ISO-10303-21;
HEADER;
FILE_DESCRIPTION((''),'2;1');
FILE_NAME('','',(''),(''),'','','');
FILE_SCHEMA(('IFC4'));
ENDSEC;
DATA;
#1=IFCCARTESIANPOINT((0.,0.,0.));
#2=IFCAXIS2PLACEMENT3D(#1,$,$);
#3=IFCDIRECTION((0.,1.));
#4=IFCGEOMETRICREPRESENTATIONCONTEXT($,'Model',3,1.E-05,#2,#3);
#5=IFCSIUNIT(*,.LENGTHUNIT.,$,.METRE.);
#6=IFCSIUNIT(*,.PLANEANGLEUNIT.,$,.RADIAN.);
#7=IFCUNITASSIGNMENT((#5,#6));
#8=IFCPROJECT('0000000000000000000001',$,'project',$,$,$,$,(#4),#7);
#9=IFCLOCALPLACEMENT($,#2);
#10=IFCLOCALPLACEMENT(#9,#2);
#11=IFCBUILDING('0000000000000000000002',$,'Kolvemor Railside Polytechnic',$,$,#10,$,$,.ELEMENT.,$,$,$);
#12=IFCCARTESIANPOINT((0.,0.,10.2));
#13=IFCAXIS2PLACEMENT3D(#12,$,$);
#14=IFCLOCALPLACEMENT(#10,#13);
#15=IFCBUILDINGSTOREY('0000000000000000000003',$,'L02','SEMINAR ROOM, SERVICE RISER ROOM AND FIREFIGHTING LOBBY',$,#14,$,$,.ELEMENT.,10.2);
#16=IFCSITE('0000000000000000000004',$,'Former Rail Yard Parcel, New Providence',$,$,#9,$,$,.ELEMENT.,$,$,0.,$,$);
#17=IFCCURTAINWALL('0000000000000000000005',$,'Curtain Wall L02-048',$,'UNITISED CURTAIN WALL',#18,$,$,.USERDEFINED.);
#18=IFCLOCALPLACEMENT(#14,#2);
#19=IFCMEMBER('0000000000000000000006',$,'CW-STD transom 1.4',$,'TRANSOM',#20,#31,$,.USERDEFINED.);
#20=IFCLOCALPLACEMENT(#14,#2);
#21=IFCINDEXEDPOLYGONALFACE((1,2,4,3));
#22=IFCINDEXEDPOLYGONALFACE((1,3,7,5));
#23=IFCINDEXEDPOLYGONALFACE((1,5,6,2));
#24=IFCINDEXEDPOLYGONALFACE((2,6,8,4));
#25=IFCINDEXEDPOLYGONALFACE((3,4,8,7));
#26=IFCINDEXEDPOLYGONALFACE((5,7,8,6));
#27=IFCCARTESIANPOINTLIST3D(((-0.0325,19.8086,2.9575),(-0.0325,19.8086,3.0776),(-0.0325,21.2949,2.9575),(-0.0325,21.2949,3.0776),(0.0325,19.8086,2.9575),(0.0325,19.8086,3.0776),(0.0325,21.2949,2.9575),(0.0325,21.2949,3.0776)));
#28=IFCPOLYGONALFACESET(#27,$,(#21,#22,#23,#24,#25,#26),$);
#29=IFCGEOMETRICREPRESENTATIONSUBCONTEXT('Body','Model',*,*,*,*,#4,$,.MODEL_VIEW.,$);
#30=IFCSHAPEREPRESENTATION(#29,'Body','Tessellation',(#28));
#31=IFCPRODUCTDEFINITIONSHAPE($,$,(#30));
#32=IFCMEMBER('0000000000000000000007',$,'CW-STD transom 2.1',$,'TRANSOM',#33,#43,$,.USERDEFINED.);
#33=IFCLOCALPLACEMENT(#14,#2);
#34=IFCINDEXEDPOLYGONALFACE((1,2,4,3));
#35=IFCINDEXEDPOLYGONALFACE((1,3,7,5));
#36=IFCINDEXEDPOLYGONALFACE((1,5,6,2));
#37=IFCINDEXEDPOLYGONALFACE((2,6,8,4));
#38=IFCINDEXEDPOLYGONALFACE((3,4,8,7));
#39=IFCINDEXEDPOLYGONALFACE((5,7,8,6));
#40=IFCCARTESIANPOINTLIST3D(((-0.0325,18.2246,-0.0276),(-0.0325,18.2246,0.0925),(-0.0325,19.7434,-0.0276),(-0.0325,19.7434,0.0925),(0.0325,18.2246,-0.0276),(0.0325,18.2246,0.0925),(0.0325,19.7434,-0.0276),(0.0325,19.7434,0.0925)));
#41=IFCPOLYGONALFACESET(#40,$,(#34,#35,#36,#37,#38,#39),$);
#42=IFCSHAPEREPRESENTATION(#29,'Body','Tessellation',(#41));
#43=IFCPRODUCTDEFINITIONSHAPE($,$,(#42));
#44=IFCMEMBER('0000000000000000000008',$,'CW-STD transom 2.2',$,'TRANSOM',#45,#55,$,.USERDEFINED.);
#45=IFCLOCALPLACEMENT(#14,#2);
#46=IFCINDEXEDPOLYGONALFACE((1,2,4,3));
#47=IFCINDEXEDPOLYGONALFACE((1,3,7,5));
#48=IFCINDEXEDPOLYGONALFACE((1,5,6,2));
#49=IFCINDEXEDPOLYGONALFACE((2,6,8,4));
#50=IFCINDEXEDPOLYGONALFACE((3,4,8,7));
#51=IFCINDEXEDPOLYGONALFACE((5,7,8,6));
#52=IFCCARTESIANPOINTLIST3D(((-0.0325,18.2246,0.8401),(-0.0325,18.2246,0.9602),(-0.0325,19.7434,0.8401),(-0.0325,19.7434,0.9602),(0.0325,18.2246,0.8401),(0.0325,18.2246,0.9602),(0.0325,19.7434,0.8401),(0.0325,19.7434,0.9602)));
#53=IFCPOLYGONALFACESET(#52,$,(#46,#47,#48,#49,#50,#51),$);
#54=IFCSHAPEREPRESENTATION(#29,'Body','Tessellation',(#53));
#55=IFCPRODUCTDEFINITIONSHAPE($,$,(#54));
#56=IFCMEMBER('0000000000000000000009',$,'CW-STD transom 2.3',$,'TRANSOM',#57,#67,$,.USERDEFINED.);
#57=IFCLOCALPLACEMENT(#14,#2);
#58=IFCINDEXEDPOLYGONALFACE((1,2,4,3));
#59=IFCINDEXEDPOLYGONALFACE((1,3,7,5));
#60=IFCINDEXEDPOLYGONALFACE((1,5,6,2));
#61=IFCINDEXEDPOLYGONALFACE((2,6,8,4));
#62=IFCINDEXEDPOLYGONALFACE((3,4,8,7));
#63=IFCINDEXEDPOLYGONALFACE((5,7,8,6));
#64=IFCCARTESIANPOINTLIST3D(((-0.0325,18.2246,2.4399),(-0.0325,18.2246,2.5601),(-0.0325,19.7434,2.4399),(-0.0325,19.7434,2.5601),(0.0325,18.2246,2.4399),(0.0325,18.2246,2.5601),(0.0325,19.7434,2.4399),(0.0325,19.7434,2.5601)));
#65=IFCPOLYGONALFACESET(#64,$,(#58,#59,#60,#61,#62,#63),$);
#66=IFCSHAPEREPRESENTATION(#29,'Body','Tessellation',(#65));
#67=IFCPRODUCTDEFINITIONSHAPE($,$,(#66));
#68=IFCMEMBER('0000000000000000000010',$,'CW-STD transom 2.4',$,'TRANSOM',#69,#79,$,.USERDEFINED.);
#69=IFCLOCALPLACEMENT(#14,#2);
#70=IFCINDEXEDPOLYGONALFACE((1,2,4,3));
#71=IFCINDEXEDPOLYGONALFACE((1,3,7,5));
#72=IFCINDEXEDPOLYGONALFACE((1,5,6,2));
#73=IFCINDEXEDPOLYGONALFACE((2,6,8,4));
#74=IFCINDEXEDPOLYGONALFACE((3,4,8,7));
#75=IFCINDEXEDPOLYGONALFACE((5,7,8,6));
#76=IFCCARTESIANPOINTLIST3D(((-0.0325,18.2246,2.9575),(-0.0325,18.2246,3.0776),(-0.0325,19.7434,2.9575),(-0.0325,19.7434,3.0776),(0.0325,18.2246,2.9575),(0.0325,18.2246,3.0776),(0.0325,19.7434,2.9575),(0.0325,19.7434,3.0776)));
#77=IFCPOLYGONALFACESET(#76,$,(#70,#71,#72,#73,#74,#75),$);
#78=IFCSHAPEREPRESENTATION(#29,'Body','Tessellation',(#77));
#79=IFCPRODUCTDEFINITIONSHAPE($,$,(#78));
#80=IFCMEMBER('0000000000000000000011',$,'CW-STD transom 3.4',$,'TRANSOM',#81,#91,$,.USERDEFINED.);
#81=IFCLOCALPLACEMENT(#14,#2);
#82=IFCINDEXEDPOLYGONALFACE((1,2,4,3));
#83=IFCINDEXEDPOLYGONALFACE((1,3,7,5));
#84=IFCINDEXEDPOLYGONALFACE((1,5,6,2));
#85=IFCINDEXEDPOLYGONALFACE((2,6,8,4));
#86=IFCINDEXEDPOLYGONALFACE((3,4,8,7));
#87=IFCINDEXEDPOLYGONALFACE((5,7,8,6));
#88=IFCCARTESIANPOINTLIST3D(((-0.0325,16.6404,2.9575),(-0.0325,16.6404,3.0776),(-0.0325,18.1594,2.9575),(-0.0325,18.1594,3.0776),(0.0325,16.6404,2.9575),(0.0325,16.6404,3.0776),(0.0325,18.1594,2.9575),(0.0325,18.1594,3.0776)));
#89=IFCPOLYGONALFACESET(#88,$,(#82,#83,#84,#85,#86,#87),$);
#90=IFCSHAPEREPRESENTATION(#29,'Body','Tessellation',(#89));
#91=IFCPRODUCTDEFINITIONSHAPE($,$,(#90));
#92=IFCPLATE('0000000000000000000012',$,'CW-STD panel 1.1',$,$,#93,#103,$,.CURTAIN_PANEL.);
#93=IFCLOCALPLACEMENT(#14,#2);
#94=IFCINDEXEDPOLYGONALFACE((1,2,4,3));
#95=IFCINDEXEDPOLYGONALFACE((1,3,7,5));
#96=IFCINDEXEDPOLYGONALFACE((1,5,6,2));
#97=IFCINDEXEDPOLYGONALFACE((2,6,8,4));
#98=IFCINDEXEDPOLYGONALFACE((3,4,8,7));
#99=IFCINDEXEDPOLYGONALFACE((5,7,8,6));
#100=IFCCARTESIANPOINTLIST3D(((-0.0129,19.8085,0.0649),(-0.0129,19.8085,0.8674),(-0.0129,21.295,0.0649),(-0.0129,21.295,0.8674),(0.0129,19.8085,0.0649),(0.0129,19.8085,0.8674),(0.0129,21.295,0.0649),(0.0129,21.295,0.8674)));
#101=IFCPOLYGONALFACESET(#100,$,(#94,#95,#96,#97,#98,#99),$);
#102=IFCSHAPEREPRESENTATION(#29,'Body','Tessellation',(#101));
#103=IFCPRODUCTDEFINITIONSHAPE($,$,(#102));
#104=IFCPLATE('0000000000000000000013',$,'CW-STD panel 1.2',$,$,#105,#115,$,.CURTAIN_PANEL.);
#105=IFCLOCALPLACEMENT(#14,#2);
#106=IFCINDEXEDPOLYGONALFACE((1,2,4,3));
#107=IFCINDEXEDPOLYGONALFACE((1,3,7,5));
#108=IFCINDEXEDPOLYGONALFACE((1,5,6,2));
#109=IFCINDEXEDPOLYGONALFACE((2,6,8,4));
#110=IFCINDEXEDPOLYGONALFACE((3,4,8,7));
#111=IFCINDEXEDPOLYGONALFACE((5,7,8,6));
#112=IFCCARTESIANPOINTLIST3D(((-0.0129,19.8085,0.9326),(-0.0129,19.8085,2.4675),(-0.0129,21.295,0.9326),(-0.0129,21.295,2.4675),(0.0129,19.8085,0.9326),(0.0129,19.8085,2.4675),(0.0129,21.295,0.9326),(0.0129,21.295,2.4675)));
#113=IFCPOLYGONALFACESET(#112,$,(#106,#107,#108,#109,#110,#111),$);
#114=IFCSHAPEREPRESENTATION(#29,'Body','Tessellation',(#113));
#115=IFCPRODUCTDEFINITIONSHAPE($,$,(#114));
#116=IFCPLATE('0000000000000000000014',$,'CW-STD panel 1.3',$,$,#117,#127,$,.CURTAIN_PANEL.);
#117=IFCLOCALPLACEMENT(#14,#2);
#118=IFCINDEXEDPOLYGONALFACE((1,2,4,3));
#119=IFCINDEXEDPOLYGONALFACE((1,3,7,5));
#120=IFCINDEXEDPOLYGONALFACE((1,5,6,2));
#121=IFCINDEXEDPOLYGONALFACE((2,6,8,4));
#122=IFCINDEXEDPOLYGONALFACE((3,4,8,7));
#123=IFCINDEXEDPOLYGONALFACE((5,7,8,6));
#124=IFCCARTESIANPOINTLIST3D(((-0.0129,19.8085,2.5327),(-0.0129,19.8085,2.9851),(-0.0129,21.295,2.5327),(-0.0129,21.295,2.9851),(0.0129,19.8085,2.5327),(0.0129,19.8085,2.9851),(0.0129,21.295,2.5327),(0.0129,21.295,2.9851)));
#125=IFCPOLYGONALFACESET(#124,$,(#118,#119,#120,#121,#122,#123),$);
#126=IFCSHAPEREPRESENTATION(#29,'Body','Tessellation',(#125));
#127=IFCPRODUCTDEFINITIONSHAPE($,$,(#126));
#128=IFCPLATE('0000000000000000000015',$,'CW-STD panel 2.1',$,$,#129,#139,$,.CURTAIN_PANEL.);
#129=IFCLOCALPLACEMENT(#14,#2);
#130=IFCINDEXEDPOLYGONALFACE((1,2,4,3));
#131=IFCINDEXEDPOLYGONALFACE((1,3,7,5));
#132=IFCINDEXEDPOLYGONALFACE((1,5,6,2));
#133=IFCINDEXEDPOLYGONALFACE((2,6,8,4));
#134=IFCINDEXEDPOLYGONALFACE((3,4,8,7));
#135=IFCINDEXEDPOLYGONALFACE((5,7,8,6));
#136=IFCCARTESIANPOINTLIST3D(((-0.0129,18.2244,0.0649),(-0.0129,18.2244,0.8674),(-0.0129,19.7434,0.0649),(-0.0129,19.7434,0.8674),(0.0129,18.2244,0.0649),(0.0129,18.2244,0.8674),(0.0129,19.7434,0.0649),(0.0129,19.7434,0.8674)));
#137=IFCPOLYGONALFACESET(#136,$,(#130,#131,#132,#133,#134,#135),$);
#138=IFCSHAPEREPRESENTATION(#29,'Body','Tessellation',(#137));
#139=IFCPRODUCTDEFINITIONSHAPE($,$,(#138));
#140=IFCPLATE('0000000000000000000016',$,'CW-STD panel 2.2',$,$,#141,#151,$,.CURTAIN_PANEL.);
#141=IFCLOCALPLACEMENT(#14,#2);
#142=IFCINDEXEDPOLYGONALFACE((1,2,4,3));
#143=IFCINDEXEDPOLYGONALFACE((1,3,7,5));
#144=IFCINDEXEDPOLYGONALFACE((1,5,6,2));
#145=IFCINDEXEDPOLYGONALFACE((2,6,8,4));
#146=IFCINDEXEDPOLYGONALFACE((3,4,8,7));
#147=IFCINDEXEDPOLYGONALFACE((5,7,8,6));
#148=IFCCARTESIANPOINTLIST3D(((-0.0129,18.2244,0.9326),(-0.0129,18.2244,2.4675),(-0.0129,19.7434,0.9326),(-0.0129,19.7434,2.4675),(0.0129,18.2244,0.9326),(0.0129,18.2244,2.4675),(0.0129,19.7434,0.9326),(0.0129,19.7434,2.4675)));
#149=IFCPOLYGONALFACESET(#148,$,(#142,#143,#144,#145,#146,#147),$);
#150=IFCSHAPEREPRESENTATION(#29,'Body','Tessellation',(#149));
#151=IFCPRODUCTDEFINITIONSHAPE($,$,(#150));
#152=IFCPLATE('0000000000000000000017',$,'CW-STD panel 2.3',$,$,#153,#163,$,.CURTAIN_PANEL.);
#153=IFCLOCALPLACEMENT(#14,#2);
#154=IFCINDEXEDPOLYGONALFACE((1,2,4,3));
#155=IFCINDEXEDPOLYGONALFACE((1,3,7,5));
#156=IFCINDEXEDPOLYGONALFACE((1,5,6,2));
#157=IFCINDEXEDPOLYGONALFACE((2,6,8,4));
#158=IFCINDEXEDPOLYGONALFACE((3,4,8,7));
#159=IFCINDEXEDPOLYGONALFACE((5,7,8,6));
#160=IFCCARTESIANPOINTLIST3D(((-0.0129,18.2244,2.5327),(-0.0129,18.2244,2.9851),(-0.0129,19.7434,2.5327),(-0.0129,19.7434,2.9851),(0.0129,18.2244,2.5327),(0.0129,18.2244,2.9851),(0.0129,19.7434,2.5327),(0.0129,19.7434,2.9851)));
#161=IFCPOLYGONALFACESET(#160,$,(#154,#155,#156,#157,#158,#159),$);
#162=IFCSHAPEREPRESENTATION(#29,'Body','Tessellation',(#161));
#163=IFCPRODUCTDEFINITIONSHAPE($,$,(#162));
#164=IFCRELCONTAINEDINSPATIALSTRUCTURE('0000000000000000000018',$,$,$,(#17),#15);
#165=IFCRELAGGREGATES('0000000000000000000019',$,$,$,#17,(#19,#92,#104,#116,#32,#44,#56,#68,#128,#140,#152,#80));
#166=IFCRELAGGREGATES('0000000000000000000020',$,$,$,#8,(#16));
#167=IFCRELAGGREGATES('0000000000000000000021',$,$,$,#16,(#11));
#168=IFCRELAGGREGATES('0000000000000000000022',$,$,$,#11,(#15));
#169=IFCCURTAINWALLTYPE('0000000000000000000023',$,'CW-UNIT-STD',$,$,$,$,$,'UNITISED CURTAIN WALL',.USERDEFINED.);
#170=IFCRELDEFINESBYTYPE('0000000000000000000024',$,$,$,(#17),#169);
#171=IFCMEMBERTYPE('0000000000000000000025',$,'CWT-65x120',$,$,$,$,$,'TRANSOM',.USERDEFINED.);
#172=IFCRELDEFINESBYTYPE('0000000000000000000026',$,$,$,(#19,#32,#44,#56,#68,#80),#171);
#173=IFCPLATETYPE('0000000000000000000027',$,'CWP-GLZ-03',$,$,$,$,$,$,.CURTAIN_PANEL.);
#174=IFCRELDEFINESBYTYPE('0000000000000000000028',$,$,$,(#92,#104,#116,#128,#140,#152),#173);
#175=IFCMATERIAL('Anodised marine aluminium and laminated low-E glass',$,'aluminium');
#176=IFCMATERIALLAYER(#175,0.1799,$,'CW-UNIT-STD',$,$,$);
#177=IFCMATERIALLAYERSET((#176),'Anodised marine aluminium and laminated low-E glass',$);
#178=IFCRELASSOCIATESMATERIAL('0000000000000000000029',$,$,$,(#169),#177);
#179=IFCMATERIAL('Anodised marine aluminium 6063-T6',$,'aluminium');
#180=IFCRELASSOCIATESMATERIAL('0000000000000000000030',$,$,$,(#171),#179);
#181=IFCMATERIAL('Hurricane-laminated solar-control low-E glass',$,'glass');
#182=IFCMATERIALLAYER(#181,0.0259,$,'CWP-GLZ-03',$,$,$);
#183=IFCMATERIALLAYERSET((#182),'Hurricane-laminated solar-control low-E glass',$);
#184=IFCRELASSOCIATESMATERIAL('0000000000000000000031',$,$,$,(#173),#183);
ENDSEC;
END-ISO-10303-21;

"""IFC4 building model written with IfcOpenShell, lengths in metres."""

from ifc_helpers import new_model, si_unit, direction, frame, origin, origin_2d, place, context, subcontext, project, spatial, rectangle, extrude, material, layer, layer_set, material_profile, profile_set, type_object, element, aggregate, save


model = new_model("IFC4")

# Units and contexts
model_context = context("Model", 3, precision=1e-05, world=origin(), true_north=direction((0.0, 1.0)))
body_context = subcontext(model_context, "Body", "Model", "MODEL_VIEW")
ifc_project = project(units=[si_unit("LENGTHUNIT", "METRE"), si_unit("PLANEANGLEUNIT", "RADIAN")], contexts=[model_context])

# Site, building, storey
site_placement = place(None, origin())
site = spatial("IfcSite", under=ifc_project, at=site_placement, Name="Former Rail Yard Parcel, New Providence", CompositionType="ELEMENT", RefElevation=0.0)
building_placement = place(site_placement, origin())
building = spatial("IfcBuilding", under=site, at=building_placement, Name="Kolvemor Railside Polytechnic", CompositionType="ELEMENT")
storey_placement = place(building_placement, frame((0.0, 0.0, 10.2)))
storey = spatial("IfcBuildingStorey", under=building, at=storey_placement, Name="L02", Description="SEMINAR ROOM, SERVICE RISER ROOM AND FIREFIGHTING LOBBY", CompositionType="ELEMENT", Elevation=10.2)

# Curtain wall, members, plates
ifc_material_1 = material(Name="Anodised marine aluminium and laminated low-E glass", Category="aluminium")
ifc_layer_1 = layer(ifc_material_1, 0.1799, Name="CW-UNIT-STD")
ifc_layer_set_1 = layer_set([ifc_layer_1], Name="Anodised marine aluminium and laminated low-E glass")
curtain_wall_type = type_object("IfcCurtainWallType", Name="CW-UNIT-STD", ElementType="UNITISED CURTAIN WALL", PredefinedType="USERDEFINED", material=ifc_layer_set_1)
curtain_wall_placement = place(storey_placement, origin())
curtain_wall = element("IfcCurtainWall", 1, at=curtain_wall_placement, inside=storey, type_object=curtain_wall_type, Name="Curtain Wall L02-048", ObjectType="UNITISED CURTAIN WALL", PredefinedType="USERDEFINED")
ifc_material_2 = material(Name="Anodised marine aluminium 6063-T6", Category="aluminium")
ifc_material_profile_1 = material_profile(ifc_material_2, rectangle(XDim=0.0649, YDim=0.1201, at=origin_2d()), Name="CW-TRN-65x120")
ifc_profile_set_1 = profile_set([ifc_material_profile_1], Name="Anodised marine aluminium 6063-T6")
member_type_1 = type_object("IfcMemberType", Name="CWT-65x120", ElementType="TRANSOM", PredefinedType="USERDEFINED", material=ifc_profile_set_1)
member_1_placement = place(storey_placement, frame((0.0, 21.2949, 3.0176), z_axis=(0.0, -1.0, 0.0), x_axis=(1.0, 0.0, 0.0)))
member_1 = element("IfcMember", 2, at=member_1_placement, type_object=member_type_1, Name="CW-STD transom 1.4", ObjectType="TRANSOM", PredefinedType="USERDEFINED", context=body_context, shape_type="SweptSolid", body=[
    extrude(rectangle(XDim=0.0649, YDim=0.1201, at=origin_2d()), origin(), (0.0, 0.0, 1.0), 1.4863),
])
member_2_placement = place(storey_placement, frame((0.0, 19.7434, 0.0325), z_axis=(0.0, -1.0, 0.0), x_axis=(1.0, 0.0, 0.0)))
member_2 = element("IfcMember", 3, at=member_2_placement, type_object=member_type_1, Name="CW-STD transom 2.1", ObjectType="TRANSOM", PredefinedType="USERDEFINED", context=body_context, shape_type="SweptSolid", body=[
    extrude(rectangle(XDim=0.0649, YDim=0.1201, at=origin_2d()), origin(), (0.0, 0.0, 1.0), 1.5188),
])
member_3_placement = place(storey_placement, frame((0.0, 19.7434, 0.9001), z_axis=(0.0, -1.0, 0.0), x_axis=(1.0, 0.0, 0.0)))
member_3 = element("IfcMember", 4, at=member_3_placement, type_object=member_type_1, Name="CW-STD transom 2.2", ObjectType="TRANSOM", PredefinedType="USERDEFINED", context=body_context, shape_type="SweptSolid", body=[
    extrude(rectangle(XDim=0.0649, YDim=0.1201, at=origin_2d()), origin(), (0.0, 0.0, 1.0), 1.5188),
])
member_4_placement = place(storey_placement, frame((0.0, 19.7434, 2.5), z_axis=(0.0, -1.0, 0.0), x_axis=(1.0, 0.0, 0.0)))
member_4 = element("IfcMember", 5, at=member_4_placement, type_object=member_type_1, Name="CW-STD transom 2.3", ObjectType="TRANSOM", PredefinedType="USERDEFINED", context=body_context, shape_type="SweptSolid", body=[
    extrude(rectangle(XDim=0.0649, YDim=0.1201, at=origin_2d()), origin(), (0.0, 0.0, 1.0), 1.5188),
])
member_5_placement = place(storey_placement, frame((0.0, 19.7434, 3.0176), z_axis=(0.0, -1.0, 0.0), x_axis=(1.0, 0.0, 0.0)))
member_5 = element("IfcMember", 6, at=member_5_placement, type_object=member_type_1, Name="CW-STD transom 2.4", ObjectType="TRANSOM", PredefinedType="USERDEFINED", context=body_context, shape_type="SweptSolid", body=[
    extrude(rectangle(XDim=0.0649, YDim=0.1201, at=origin_2d()), origin(), (0.0, 0.0, 1.0), 1.5188),
])
member_6_placement = place(storey_placement, frame((0.0, 18.1594, 3.0176), z_axis=(0.0, -1.0, 0.0), x_axis=(1.0, 0.0, 0.0)))
member_6 = element("IfcMember", 7, at=member_6_placement, type_object=member_type_1, Name="CW-STD transom 3.4", ObjectType="TRANSOM", PredefinedType="USERDEFINED", context=body_context, shape_type="SweptSolid", body=[
    extrude(rectangle(XDim=0.0649, YDim=0.1201, at=origin_2d()), origin(), (0.0, 0.0, 1.0), 1.519),
])
ifc_material_3 = material(Name="Hurricane-laminated solar-control low-E glass", Category="glass")
ifc_layer_2 = layer(ifc_material_3, 0.0259, Name="CWP-GLZ-03")
ifc_layer_set_2 = layer_set([ifc_layer_2], Name="Hurricane-laminated solar-control low-E glass")
plate_type = type_object("IfcPlateType", Name="CWP-GLZ-03", PredefinedType="CURTAIN_PANEL", material=ifc_layer_set_2)
plate_1_placement = place(storey_placement, frame((0.0, 20.5518, 0.0649), z_axis=(0.0, 0.0, 1.0), x_axis=(0.0, -1.0, 0.0)))
plate_1 = element("IfcPlate", 8, at=plate_1_placement, type_object=plate_type, Name="CW-STD panel 1.1", PredefinedType="CURTAIN_PANEL", context=body_context, shape_type="SweptSolid", body=[
    extrude(rectangle(XDim=1.4866, YDim=0.0259, at=origin_2d()), origin(), (0.0, 0.0, 1.0), 0.8025),
])
plate_2_placement = place(storey_placement, frame((0.0, 20.5518, 0.9326), z_axis=(0.0, 0.0, 1.0), x_axis=(0.0, -1.0, 0.0)))
plate_2 = element("IfcPlate", 9, at=plate_2_placement, type_object=plate_type, Name="CW-STD panel 1.2", PredefinedType="CURTAIN_PANEL", context=body_context, shape_type="SweptSolid", body=[
    extrude(rectangle(XDim=1.4866, YDim=0.0259, at=origin_2d()), origin(), (0.0, 0.0, 1.0), 1.5349),
])
plate_3_placement = place(storey_placement, frame((0.0, 20.5518, 2.5327), z_axis=(0.0, 0.0, 1.0), x_axis=(0.0, -1.0, 0.0)))
plate_3 = element("IfcPlate", 10, at=plate_3_placement, type_object=plate_type, Name="CW-STD panel 1.3", PredefinedType="CURTAIN_PANEL", context=body_context, shape_type="SweptSolid", body=[
    extrude(rectangle(XDim=1.4866, YDim=0.0259, at=origin_2d()), origin(), (0.0, 0.0, 1.0), 0.4524),
])
plate_4_placement = place(storey_placement, frame((0.0, 18.9839, 0.0649), z_axis=(0.0, 0.0, 1.0), x_axis=(0.0, -1.0, 0.0)))
plate_4 = element("IfcPlate", 11, at=plate_4_placement, type_object=plate_type, Name="CW-STD panel 2.1", PredefinedType="CURTAIN_PANEL", context=body_context, shape_type="SweptSolid", body=[
    extrude(rectangle(XDim=1.519, YDim=0.0259, at=origin_2d()), origin(), (0.0, 0.0, 1.0), 0.8025),
])
plate_5_placement = place(storey_placement, frame((0.0, 18.9839, 0.9326), z_axis=(0.0, 0.0, 1.0), x_axis=(0.0, -1.0, 0.0)))
plate_5 = element("IfcPlate", 12, at=plate_5_placement, type_object=plate_type, Name="CW-STD panel 2.2", PredefinedType="CURTAIN_PANEL", context=body_context, shape_type="SweptSolid", body=[
    extrude(rectangle(XDim=1.519, YDim=0.0259, at=origin_2d()), origin(), (0.0, 0.0, 1.0), 1.5349),
])
plate_6_placement = place(storey_placement, frame((0.0, 18.9839, 2.5327), z_axis=(0.0, 0.0, 1.0), x_axis=(0.0, -1.0, 0.0)))
plate_6 = element("IfcPlate", 13, at=plate_6_placement, type_object=plate_type, Name="CW-STD panel 2.3", PredefinedType="CURTAIN_PANEL", context=body_context, shape_type="SweptSolid", body=[
    extrude(rectangle(XDim=1.519, YDim=0.0259, at=origin_2d()), origin(), (0.0, 0.0, 1.0), 0.4524),
])
aggregate(curtain_wall, [member_1, plate_1, plate_2, plate_3, member_2, member_3, member_4, member_5, plate_4, plate_5, plate_6, member_6])

save(model, "model.ifc")
